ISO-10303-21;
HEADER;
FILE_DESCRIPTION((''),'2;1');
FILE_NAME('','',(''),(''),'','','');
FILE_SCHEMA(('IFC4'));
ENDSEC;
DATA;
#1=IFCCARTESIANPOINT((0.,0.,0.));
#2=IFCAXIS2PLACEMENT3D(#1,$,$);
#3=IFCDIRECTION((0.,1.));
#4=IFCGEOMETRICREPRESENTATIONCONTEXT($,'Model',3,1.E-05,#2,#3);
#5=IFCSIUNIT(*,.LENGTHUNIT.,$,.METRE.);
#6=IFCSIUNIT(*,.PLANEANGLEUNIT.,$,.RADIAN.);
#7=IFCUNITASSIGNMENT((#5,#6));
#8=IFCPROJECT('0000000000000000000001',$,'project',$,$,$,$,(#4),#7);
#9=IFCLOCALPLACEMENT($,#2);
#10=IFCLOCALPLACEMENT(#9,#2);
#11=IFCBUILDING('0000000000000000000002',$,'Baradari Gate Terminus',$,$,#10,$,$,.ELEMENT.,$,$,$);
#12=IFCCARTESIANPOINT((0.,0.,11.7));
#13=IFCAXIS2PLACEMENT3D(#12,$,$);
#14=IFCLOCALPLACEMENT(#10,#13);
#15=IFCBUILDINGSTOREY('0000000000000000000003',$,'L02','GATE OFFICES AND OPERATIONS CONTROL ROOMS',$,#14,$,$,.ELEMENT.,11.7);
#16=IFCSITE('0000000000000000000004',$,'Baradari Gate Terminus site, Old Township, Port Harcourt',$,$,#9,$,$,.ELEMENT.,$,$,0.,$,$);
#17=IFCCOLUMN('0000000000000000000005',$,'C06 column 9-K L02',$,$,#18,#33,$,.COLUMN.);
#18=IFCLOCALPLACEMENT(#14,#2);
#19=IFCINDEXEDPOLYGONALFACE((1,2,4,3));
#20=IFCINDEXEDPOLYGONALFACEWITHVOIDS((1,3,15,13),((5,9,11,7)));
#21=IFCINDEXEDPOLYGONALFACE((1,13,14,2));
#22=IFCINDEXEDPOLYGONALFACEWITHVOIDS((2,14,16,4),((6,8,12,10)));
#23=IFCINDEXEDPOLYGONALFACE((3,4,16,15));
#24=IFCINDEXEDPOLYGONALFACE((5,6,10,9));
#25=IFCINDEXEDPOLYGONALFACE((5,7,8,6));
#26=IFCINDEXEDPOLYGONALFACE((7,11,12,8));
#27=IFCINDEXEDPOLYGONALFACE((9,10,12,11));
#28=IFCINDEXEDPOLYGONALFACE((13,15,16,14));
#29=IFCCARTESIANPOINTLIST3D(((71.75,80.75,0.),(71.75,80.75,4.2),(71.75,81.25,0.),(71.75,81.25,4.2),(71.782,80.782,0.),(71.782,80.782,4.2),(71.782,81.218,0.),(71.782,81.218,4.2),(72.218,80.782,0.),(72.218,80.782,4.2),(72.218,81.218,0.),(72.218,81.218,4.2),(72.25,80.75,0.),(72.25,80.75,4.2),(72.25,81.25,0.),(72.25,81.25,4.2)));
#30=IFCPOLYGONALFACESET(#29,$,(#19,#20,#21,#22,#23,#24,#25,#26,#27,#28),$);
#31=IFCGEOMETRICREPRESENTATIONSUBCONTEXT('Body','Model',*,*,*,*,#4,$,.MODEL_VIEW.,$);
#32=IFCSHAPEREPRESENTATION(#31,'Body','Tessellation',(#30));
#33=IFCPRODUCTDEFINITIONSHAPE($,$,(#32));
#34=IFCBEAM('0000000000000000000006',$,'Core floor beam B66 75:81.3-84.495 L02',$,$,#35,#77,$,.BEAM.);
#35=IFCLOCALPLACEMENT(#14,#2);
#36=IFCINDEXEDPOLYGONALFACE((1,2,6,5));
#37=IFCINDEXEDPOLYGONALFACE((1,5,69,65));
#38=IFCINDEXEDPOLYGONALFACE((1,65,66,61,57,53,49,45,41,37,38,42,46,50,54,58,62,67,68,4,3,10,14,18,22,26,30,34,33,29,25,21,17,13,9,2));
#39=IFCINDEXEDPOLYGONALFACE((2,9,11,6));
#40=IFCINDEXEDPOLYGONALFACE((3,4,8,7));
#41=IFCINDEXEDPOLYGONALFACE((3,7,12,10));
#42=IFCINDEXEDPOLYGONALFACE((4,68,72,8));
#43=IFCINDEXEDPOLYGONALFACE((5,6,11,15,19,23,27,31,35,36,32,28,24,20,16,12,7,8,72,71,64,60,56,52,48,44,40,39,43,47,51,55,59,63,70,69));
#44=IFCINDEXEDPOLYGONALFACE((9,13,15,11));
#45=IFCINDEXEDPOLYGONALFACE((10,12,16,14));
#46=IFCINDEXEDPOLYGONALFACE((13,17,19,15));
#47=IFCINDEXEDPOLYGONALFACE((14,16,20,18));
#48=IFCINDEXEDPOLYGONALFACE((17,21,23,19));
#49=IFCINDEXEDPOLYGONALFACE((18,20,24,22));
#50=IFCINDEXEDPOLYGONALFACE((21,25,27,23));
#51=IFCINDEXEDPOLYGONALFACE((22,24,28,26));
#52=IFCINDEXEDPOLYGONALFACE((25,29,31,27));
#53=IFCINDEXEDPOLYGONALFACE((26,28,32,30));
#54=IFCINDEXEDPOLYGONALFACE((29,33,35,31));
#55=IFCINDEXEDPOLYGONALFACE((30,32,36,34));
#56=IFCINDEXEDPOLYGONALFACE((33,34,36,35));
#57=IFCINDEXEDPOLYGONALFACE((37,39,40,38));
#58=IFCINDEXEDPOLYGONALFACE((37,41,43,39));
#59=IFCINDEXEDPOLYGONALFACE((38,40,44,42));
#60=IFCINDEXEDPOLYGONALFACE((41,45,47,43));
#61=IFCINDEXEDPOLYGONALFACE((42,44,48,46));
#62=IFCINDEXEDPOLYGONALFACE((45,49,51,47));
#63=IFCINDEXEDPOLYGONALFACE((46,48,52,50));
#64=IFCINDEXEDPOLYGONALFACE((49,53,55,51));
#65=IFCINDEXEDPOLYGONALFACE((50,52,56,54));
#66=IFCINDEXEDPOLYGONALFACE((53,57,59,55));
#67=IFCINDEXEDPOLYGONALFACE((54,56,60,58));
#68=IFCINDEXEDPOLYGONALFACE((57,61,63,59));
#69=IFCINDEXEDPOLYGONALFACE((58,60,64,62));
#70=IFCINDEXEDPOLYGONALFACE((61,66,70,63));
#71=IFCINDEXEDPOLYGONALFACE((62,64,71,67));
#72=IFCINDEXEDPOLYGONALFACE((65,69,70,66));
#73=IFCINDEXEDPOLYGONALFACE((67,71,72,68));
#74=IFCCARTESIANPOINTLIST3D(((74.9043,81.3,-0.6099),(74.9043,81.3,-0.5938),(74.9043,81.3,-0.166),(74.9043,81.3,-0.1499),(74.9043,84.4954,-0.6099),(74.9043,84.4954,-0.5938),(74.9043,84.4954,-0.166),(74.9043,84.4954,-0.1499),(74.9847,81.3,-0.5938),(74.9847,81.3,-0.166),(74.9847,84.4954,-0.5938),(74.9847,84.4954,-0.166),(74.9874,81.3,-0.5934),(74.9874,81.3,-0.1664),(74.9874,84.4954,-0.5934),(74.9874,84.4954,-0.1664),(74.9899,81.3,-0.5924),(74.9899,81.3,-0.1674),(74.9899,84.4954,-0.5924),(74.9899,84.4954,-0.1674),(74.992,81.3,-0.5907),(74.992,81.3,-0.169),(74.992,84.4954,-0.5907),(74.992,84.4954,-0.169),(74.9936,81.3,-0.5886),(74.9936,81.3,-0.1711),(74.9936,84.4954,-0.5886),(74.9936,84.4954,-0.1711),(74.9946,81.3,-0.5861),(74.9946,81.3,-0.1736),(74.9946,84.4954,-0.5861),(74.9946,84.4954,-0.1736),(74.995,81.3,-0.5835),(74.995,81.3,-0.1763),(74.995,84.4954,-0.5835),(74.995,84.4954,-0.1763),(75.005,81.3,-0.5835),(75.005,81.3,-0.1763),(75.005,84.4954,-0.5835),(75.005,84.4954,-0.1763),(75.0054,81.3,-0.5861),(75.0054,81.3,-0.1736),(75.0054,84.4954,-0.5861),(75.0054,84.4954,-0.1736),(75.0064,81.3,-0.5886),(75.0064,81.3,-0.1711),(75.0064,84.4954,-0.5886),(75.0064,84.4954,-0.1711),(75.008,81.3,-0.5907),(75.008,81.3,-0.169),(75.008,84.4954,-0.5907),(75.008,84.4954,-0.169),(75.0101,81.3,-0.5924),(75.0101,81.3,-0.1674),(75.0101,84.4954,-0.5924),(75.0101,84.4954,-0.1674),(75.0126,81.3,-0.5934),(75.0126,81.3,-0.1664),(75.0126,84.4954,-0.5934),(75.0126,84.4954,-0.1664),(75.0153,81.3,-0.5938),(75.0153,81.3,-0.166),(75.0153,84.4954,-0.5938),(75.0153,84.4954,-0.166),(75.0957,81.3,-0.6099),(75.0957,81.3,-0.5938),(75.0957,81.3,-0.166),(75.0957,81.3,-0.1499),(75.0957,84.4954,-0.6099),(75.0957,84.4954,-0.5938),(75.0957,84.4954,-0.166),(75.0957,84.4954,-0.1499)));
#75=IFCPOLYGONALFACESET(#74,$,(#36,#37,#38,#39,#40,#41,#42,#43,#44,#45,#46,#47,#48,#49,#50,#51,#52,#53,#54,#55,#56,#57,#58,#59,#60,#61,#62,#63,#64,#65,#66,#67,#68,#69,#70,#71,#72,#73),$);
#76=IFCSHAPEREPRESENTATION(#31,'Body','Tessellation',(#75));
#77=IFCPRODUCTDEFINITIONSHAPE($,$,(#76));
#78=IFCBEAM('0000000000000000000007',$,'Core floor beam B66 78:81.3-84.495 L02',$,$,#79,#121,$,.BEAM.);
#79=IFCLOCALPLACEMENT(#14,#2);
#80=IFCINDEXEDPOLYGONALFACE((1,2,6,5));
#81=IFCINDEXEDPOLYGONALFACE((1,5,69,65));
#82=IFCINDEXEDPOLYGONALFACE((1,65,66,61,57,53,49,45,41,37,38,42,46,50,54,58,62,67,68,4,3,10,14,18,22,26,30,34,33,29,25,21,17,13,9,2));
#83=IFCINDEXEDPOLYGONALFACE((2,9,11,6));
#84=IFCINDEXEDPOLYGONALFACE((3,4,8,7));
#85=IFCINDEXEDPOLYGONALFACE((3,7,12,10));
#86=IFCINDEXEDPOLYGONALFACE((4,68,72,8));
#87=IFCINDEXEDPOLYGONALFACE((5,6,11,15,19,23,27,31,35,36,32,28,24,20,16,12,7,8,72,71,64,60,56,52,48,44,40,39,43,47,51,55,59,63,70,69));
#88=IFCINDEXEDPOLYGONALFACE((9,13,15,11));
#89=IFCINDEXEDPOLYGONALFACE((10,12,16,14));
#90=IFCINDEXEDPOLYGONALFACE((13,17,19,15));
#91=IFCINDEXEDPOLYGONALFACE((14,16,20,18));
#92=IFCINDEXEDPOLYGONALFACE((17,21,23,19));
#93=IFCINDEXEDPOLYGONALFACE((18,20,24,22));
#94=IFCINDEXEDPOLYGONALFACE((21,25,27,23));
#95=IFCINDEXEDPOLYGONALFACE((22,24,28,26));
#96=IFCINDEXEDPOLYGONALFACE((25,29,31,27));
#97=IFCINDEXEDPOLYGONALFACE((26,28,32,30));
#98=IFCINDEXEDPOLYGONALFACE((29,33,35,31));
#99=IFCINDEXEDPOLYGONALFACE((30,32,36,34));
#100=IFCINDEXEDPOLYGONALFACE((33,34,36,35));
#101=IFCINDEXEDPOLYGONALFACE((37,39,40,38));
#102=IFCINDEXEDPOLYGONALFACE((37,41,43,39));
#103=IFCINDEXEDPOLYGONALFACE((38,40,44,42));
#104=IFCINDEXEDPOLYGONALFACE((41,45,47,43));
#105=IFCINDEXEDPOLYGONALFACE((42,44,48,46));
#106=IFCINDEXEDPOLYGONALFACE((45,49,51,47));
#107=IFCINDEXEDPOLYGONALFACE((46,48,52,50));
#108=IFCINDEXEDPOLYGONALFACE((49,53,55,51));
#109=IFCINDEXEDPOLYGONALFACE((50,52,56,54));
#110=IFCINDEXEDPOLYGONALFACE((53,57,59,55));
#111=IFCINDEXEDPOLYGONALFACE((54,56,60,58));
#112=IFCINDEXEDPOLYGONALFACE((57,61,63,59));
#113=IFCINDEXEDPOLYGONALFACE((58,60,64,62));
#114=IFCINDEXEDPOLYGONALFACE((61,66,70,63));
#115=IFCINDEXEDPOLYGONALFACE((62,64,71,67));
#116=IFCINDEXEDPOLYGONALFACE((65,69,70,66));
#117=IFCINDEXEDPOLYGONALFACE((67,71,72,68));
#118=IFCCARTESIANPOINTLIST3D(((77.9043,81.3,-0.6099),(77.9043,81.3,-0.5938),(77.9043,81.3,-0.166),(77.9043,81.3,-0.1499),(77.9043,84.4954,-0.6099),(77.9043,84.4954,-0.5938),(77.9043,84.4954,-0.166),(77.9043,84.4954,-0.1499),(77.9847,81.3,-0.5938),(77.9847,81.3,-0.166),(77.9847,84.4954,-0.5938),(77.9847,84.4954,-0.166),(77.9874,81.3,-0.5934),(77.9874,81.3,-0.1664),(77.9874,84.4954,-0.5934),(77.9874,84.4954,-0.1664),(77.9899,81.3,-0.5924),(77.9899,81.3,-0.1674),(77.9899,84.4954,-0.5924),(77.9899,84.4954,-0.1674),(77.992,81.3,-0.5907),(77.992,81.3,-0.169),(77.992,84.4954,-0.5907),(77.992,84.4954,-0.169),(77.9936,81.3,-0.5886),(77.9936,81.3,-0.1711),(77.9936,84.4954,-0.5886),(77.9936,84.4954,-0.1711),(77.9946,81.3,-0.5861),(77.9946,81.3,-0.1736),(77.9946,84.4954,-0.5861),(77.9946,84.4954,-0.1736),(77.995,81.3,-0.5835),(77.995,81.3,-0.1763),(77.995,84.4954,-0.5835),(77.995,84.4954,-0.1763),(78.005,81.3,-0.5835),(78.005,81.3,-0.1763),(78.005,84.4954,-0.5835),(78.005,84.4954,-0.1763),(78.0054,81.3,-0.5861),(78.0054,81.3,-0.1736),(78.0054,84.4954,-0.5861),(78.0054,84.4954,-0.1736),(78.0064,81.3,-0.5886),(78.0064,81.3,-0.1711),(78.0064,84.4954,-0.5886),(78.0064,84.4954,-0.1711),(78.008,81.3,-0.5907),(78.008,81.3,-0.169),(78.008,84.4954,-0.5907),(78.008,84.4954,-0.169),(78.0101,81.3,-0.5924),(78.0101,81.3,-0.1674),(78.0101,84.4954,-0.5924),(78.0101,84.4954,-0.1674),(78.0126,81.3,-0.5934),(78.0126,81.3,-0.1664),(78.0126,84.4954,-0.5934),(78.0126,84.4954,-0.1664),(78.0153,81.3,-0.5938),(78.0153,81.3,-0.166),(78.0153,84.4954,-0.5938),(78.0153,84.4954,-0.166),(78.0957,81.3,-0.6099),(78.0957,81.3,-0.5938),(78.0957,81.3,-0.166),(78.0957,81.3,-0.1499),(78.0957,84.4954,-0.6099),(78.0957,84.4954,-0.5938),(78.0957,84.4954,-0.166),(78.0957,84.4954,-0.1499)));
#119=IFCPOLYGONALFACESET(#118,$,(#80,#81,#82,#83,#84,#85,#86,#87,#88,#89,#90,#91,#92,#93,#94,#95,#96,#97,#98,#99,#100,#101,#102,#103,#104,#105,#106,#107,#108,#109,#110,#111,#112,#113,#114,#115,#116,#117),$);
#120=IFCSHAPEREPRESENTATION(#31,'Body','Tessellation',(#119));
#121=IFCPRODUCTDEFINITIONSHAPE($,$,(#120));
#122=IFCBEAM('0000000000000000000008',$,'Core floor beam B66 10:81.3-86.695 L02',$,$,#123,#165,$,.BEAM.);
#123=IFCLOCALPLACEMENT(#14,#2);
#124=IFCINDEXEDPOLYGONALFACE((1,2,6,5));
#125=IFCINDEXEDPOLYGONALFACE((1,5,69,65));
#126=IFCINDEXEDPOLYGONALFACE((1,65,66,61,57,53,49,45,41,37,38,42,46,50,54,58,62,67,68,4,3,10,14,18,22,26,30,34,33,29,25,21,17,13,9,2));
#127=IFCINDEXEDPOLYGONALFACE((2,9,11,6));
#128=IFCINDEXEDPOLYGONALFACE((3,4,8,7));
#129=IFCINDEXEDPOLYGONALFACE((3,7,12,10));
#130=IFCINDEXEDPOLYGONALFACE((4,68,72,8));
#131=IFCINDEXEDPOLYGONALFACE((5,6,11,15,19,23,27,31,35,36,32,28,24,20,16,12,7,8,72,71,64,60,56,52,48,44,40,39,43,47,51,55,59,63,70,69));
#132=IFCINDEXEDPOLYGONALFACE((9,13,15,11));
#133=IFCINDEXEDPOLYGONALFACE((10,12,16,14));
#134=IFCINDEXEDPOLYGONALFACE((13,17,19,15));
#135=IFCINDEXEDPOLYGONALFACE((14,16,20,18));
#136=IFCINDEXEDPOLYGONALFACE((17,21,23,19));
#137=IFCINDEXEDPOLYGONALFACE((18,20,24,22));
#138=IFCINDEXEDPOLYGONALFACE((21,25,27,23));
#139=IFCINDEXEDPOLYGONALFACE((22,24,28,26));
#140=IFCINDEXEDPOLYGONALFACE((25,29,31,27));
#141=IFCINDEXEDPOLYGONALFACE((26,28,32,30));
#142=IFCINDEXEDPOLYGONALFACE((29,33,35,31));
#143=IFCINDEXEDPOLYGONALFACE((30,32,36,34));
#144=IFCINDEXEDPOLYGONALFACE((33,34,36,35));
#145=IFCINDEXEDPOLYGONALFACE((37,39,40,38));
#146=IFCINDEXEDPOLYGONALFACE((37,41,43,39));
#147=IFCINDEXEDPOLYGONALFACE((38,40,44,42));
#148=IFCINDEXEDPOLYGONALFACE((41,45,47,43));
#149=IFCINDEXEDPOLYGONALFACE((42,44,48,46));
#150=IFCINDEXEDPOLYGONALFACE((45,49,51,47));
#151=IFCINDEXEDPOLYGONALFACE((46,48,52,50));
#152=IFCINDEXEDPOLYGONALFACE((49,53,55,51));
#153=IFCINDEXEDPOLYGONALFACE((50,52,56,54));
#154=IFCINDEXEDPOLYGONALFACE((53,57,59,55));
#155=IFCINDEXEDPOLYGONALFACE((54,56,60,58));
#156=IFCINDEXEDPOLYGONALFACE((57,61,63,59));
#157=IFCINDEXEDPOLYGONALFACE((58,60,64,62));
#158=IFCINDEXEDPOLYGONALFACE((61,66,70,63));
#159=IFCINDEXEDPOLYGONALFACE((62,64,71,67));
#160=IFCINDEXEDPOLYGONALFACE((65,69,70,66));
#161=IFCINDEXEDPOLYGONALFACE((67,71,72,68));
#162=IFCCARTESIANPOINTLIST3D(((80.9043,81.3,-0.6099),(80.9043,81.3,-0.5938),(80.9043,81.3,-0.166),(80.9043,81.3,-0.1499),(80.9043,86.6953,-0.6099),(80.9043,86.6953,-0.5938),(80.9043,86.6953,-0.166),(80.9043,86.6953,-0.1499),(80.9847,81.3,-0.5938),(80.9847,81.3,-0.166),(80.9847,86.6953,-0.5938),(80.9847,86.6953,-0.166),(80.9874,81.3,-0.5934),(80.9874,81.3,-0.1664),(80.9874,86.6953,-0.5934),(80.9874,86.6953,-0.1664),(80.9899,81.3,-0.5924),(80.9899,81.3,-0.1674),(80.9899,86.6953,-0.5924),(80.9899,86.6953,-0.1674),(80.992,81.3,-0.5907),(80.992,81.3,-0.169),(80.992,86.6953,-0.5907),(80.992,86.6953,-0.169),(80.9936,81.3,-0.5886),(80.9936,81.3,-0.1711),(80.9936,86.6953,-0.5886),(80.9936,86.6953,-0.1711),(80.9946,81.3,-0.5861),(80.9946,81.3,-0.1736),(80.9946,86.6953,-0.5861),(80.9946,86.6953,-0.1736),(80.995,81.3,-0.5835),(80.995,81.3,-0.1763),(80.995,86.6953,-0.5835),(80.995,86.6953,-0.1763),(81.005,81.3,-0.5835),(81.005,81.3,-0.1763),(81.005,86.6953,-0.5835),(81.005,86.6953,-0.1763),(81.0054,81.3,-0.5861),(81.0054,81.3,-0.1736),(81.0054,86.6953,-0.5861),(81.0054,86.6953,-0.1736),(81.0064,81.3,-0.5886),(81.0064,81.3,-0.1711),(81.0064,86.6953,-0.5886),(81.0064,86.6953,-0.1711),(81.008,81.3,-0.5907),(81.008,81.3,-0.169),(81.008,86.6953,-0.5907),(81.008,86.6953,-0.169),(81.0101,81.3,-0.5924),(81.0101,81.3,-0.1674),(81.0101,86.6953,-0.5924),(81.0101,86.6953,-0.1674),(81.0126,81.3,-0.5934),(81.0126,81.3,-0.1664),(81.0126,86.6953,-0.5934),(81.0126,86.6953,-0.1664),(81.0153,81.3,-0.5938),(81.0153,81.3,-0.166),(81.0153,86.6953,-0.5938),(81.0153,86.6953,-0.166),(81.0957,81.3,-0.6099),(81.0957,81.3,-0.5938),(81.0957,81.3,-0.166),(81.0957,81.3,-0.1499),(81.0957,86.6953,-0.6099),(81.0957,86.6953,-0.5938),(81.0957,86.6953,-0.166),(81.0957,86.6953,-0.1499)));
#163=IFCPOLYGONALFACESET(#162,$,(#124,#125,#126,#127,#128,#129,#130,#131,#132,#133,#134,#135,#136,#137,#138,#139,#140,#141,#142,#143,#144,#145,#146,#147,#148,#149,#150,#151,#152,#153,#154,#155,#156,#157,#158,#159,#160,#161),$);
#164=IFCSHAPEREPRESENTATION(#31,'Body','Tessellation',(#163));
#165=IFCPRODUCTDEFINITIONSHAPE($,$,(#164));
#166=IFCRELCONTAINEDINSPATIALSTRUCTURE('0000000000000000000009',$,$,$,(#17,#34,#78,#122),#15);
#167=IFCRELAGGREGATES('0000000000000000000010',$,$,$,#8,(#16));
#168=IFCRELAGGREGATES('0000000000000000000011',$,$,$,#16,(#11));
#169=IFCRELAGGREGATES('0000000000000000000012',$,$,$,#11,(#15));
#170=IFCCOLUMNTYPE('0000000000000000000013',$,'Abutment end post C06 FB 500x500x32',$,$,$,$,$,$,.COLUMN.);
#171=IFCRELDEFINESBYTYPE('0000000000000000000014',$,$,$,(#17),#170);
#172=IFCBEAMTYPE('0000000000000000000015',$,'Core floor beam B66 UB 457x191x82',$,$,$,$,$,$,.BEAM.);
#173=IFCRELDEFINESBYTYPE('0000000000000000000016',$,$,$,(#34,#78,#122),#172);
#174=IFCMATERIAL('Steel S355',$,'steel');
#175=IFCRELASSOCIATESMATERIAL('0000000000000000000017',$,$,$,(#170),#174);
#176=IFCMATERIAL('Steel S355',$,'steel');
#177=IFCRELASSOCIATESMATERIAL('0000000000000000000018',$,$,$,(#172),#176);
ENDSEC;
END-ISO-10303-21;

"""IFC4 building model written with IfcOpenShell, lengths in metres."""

from ifc_helpers import new_model, si_unit, direction, frame, origin, origin_2d, place, context, subcontext, project, spatial, hollow_rectangle, i_section, extrude, material, material_profile, profile_set, type_object, element, save


model = new_model("IFC4")

# Units and contexts
model_context = context("Model", 3, precision=1e-05, world=origin(), true_north=direction((0.0, 1.0)))
body_context = subcontext(model_context, "Body", "Model", "MODEL_VIEW")
ifc_project = project(units=[si_unit("LENGTHUNIT", "METRE"), si_unit("PLANEANGLEUNIT", "RADIAN")], contexts=[model_context])

# Site, building, storey
site_placement = place(None, origin())
site = spatial("IfcSite", under=ifc_project, at=site_placement, Name="Baradari Gate Terminus site, Old Township, Port Harcourt", CompositionType="ELEMENT", RefElevation=0.0)
building_placement = place(site_placement, origin())
building = spatial("IfcBuilding", under=site, at=building_placement, Name="Baradari Gate Terminus", CompositionType="ELEMENT")
storey_placement = place(building_placement, frame((0.0, 0.0, 11.7)))
storey = spatial("IfcBuildingStorey", under=building, at=storey_placement, Name="L02", Description="GATE OFFICES AND OPERATIONS CONTROL ROOMS", CompositionType="ELEMENT", Elevation=11.7)

# Column
ifc_material_1 = material(Name="Steel S355", Category="steel")
ifc_material_profile_1 = material_profile(ifc_material_1, hollow_rectangle(XDim=0.5, YDim=0.5, WallThickness=0.032, at=origin_2d()), Name="FB 500x500x32")
ifc_profile_set_1 = profile_set([ifc_material_profile_1], Name="Steel S355")
column_type = type_object("IfcColumnType", Name="Abutment end post C06 FB 500x500x32", PredefinedType="COLUMN", material=ifc_profile_set_1)
column_placement = place(storey_placement, frame((72.0, 81.0, 0.0), z_axis=(0.0, 0.0, 1.0), x_axis=(1.0, 0.0, 0.0)))
element("IfcColumn", 1, at=column_placement, inside=storey, type_object=column_type, Name="C06 column 9-K L02", PredefinedType="COLUMN", context=body_context, shape_type="SweptSolid", body=[
    extrude(hollow_rectangle(XDim=0.5, YDim=0.5, WallThickness=0.032, at=origin_2d()), origin(), (0.0, 0.0, 1.0), 4.2),
])

# Beams
ifc_material_2 = material(Name="Steel S355", Category="steel")
ifc_material_profile_2 = material_profile(ifc_material_2, i_section(OverallWidth=0.1914, OverallDepth=0.46, WebThickness=0.01, FlangeThickness=0.0161, FilletRadius=0.0103, at=origin_2d()), Name="UB 457x191x82")
ifc_profile_set_2 = profile_set([ifc_material_profile_2], Name="Steel S355")
beam_type_1 = type_object("IfcBeamType", Name="Core floor beam B66 UB 457x191x82", PredefinedType="BEAM", material=ifc_profile_set_2)
for number, where, z_axis, x_axis, name in (
    (2, (75.0, 81.3, -0.3799), (0.0, 1.0, 0.0), (-1.0, 0.0, 0.0), "Core floor beam B66 75:81.3-84.495 L02"),
    (3, (78.0, 81.3, -0.3799), (0.0, 1.0, 0.0), (-1.0, 0.0, 0.0), "Core floor beam B66 78:81.3-84.495 L02"),
):
    element("IfcBeam", number, at=place(storey_placement, frame(where, z_axis=z_axis, x_axis=x_axis)), inside=storey, type_object=beam_type_1, Name=name, PredefinedType="BEAM", context=body_context, shape_type="SweptSolid", body=[
        extrude(i_section(OverallWidth=0.1914, OverallDepth=0.46, WebThickness=0.01, FlangeThickness=0.0161, FilletRadius=0.0103, at=origin_2d()), origin(), (0.0, 0.0, 1.0), 3.1953),
    ])
beam_1_placement = place(storey_placement, frame((81.0, 81.3, -0.3799), z_axis=(0.0, 1.0, 0.0), x_axis=(-1.0, 0.0, 0.0)))
element("IfcBeam", 4, at=beam_1_placement, inside=storey, type_object=beam_type_1, Name="Core floor beam B66 10:81.3-86.695 L02", PredefinedType="BEAM", context=body_context, shape_type="SweptSolid", body=[
    extrude(i_section(OverallWidth=0.1914, OverallDepth=0.46, WebThickness=0.01, FlangeThickness=0.0161, FilletRadius=0.0103, at=origin_2d()), origin(), (0.0, 0.0, 1.0), 5.3953),
])

save(model, "model.ifc")
